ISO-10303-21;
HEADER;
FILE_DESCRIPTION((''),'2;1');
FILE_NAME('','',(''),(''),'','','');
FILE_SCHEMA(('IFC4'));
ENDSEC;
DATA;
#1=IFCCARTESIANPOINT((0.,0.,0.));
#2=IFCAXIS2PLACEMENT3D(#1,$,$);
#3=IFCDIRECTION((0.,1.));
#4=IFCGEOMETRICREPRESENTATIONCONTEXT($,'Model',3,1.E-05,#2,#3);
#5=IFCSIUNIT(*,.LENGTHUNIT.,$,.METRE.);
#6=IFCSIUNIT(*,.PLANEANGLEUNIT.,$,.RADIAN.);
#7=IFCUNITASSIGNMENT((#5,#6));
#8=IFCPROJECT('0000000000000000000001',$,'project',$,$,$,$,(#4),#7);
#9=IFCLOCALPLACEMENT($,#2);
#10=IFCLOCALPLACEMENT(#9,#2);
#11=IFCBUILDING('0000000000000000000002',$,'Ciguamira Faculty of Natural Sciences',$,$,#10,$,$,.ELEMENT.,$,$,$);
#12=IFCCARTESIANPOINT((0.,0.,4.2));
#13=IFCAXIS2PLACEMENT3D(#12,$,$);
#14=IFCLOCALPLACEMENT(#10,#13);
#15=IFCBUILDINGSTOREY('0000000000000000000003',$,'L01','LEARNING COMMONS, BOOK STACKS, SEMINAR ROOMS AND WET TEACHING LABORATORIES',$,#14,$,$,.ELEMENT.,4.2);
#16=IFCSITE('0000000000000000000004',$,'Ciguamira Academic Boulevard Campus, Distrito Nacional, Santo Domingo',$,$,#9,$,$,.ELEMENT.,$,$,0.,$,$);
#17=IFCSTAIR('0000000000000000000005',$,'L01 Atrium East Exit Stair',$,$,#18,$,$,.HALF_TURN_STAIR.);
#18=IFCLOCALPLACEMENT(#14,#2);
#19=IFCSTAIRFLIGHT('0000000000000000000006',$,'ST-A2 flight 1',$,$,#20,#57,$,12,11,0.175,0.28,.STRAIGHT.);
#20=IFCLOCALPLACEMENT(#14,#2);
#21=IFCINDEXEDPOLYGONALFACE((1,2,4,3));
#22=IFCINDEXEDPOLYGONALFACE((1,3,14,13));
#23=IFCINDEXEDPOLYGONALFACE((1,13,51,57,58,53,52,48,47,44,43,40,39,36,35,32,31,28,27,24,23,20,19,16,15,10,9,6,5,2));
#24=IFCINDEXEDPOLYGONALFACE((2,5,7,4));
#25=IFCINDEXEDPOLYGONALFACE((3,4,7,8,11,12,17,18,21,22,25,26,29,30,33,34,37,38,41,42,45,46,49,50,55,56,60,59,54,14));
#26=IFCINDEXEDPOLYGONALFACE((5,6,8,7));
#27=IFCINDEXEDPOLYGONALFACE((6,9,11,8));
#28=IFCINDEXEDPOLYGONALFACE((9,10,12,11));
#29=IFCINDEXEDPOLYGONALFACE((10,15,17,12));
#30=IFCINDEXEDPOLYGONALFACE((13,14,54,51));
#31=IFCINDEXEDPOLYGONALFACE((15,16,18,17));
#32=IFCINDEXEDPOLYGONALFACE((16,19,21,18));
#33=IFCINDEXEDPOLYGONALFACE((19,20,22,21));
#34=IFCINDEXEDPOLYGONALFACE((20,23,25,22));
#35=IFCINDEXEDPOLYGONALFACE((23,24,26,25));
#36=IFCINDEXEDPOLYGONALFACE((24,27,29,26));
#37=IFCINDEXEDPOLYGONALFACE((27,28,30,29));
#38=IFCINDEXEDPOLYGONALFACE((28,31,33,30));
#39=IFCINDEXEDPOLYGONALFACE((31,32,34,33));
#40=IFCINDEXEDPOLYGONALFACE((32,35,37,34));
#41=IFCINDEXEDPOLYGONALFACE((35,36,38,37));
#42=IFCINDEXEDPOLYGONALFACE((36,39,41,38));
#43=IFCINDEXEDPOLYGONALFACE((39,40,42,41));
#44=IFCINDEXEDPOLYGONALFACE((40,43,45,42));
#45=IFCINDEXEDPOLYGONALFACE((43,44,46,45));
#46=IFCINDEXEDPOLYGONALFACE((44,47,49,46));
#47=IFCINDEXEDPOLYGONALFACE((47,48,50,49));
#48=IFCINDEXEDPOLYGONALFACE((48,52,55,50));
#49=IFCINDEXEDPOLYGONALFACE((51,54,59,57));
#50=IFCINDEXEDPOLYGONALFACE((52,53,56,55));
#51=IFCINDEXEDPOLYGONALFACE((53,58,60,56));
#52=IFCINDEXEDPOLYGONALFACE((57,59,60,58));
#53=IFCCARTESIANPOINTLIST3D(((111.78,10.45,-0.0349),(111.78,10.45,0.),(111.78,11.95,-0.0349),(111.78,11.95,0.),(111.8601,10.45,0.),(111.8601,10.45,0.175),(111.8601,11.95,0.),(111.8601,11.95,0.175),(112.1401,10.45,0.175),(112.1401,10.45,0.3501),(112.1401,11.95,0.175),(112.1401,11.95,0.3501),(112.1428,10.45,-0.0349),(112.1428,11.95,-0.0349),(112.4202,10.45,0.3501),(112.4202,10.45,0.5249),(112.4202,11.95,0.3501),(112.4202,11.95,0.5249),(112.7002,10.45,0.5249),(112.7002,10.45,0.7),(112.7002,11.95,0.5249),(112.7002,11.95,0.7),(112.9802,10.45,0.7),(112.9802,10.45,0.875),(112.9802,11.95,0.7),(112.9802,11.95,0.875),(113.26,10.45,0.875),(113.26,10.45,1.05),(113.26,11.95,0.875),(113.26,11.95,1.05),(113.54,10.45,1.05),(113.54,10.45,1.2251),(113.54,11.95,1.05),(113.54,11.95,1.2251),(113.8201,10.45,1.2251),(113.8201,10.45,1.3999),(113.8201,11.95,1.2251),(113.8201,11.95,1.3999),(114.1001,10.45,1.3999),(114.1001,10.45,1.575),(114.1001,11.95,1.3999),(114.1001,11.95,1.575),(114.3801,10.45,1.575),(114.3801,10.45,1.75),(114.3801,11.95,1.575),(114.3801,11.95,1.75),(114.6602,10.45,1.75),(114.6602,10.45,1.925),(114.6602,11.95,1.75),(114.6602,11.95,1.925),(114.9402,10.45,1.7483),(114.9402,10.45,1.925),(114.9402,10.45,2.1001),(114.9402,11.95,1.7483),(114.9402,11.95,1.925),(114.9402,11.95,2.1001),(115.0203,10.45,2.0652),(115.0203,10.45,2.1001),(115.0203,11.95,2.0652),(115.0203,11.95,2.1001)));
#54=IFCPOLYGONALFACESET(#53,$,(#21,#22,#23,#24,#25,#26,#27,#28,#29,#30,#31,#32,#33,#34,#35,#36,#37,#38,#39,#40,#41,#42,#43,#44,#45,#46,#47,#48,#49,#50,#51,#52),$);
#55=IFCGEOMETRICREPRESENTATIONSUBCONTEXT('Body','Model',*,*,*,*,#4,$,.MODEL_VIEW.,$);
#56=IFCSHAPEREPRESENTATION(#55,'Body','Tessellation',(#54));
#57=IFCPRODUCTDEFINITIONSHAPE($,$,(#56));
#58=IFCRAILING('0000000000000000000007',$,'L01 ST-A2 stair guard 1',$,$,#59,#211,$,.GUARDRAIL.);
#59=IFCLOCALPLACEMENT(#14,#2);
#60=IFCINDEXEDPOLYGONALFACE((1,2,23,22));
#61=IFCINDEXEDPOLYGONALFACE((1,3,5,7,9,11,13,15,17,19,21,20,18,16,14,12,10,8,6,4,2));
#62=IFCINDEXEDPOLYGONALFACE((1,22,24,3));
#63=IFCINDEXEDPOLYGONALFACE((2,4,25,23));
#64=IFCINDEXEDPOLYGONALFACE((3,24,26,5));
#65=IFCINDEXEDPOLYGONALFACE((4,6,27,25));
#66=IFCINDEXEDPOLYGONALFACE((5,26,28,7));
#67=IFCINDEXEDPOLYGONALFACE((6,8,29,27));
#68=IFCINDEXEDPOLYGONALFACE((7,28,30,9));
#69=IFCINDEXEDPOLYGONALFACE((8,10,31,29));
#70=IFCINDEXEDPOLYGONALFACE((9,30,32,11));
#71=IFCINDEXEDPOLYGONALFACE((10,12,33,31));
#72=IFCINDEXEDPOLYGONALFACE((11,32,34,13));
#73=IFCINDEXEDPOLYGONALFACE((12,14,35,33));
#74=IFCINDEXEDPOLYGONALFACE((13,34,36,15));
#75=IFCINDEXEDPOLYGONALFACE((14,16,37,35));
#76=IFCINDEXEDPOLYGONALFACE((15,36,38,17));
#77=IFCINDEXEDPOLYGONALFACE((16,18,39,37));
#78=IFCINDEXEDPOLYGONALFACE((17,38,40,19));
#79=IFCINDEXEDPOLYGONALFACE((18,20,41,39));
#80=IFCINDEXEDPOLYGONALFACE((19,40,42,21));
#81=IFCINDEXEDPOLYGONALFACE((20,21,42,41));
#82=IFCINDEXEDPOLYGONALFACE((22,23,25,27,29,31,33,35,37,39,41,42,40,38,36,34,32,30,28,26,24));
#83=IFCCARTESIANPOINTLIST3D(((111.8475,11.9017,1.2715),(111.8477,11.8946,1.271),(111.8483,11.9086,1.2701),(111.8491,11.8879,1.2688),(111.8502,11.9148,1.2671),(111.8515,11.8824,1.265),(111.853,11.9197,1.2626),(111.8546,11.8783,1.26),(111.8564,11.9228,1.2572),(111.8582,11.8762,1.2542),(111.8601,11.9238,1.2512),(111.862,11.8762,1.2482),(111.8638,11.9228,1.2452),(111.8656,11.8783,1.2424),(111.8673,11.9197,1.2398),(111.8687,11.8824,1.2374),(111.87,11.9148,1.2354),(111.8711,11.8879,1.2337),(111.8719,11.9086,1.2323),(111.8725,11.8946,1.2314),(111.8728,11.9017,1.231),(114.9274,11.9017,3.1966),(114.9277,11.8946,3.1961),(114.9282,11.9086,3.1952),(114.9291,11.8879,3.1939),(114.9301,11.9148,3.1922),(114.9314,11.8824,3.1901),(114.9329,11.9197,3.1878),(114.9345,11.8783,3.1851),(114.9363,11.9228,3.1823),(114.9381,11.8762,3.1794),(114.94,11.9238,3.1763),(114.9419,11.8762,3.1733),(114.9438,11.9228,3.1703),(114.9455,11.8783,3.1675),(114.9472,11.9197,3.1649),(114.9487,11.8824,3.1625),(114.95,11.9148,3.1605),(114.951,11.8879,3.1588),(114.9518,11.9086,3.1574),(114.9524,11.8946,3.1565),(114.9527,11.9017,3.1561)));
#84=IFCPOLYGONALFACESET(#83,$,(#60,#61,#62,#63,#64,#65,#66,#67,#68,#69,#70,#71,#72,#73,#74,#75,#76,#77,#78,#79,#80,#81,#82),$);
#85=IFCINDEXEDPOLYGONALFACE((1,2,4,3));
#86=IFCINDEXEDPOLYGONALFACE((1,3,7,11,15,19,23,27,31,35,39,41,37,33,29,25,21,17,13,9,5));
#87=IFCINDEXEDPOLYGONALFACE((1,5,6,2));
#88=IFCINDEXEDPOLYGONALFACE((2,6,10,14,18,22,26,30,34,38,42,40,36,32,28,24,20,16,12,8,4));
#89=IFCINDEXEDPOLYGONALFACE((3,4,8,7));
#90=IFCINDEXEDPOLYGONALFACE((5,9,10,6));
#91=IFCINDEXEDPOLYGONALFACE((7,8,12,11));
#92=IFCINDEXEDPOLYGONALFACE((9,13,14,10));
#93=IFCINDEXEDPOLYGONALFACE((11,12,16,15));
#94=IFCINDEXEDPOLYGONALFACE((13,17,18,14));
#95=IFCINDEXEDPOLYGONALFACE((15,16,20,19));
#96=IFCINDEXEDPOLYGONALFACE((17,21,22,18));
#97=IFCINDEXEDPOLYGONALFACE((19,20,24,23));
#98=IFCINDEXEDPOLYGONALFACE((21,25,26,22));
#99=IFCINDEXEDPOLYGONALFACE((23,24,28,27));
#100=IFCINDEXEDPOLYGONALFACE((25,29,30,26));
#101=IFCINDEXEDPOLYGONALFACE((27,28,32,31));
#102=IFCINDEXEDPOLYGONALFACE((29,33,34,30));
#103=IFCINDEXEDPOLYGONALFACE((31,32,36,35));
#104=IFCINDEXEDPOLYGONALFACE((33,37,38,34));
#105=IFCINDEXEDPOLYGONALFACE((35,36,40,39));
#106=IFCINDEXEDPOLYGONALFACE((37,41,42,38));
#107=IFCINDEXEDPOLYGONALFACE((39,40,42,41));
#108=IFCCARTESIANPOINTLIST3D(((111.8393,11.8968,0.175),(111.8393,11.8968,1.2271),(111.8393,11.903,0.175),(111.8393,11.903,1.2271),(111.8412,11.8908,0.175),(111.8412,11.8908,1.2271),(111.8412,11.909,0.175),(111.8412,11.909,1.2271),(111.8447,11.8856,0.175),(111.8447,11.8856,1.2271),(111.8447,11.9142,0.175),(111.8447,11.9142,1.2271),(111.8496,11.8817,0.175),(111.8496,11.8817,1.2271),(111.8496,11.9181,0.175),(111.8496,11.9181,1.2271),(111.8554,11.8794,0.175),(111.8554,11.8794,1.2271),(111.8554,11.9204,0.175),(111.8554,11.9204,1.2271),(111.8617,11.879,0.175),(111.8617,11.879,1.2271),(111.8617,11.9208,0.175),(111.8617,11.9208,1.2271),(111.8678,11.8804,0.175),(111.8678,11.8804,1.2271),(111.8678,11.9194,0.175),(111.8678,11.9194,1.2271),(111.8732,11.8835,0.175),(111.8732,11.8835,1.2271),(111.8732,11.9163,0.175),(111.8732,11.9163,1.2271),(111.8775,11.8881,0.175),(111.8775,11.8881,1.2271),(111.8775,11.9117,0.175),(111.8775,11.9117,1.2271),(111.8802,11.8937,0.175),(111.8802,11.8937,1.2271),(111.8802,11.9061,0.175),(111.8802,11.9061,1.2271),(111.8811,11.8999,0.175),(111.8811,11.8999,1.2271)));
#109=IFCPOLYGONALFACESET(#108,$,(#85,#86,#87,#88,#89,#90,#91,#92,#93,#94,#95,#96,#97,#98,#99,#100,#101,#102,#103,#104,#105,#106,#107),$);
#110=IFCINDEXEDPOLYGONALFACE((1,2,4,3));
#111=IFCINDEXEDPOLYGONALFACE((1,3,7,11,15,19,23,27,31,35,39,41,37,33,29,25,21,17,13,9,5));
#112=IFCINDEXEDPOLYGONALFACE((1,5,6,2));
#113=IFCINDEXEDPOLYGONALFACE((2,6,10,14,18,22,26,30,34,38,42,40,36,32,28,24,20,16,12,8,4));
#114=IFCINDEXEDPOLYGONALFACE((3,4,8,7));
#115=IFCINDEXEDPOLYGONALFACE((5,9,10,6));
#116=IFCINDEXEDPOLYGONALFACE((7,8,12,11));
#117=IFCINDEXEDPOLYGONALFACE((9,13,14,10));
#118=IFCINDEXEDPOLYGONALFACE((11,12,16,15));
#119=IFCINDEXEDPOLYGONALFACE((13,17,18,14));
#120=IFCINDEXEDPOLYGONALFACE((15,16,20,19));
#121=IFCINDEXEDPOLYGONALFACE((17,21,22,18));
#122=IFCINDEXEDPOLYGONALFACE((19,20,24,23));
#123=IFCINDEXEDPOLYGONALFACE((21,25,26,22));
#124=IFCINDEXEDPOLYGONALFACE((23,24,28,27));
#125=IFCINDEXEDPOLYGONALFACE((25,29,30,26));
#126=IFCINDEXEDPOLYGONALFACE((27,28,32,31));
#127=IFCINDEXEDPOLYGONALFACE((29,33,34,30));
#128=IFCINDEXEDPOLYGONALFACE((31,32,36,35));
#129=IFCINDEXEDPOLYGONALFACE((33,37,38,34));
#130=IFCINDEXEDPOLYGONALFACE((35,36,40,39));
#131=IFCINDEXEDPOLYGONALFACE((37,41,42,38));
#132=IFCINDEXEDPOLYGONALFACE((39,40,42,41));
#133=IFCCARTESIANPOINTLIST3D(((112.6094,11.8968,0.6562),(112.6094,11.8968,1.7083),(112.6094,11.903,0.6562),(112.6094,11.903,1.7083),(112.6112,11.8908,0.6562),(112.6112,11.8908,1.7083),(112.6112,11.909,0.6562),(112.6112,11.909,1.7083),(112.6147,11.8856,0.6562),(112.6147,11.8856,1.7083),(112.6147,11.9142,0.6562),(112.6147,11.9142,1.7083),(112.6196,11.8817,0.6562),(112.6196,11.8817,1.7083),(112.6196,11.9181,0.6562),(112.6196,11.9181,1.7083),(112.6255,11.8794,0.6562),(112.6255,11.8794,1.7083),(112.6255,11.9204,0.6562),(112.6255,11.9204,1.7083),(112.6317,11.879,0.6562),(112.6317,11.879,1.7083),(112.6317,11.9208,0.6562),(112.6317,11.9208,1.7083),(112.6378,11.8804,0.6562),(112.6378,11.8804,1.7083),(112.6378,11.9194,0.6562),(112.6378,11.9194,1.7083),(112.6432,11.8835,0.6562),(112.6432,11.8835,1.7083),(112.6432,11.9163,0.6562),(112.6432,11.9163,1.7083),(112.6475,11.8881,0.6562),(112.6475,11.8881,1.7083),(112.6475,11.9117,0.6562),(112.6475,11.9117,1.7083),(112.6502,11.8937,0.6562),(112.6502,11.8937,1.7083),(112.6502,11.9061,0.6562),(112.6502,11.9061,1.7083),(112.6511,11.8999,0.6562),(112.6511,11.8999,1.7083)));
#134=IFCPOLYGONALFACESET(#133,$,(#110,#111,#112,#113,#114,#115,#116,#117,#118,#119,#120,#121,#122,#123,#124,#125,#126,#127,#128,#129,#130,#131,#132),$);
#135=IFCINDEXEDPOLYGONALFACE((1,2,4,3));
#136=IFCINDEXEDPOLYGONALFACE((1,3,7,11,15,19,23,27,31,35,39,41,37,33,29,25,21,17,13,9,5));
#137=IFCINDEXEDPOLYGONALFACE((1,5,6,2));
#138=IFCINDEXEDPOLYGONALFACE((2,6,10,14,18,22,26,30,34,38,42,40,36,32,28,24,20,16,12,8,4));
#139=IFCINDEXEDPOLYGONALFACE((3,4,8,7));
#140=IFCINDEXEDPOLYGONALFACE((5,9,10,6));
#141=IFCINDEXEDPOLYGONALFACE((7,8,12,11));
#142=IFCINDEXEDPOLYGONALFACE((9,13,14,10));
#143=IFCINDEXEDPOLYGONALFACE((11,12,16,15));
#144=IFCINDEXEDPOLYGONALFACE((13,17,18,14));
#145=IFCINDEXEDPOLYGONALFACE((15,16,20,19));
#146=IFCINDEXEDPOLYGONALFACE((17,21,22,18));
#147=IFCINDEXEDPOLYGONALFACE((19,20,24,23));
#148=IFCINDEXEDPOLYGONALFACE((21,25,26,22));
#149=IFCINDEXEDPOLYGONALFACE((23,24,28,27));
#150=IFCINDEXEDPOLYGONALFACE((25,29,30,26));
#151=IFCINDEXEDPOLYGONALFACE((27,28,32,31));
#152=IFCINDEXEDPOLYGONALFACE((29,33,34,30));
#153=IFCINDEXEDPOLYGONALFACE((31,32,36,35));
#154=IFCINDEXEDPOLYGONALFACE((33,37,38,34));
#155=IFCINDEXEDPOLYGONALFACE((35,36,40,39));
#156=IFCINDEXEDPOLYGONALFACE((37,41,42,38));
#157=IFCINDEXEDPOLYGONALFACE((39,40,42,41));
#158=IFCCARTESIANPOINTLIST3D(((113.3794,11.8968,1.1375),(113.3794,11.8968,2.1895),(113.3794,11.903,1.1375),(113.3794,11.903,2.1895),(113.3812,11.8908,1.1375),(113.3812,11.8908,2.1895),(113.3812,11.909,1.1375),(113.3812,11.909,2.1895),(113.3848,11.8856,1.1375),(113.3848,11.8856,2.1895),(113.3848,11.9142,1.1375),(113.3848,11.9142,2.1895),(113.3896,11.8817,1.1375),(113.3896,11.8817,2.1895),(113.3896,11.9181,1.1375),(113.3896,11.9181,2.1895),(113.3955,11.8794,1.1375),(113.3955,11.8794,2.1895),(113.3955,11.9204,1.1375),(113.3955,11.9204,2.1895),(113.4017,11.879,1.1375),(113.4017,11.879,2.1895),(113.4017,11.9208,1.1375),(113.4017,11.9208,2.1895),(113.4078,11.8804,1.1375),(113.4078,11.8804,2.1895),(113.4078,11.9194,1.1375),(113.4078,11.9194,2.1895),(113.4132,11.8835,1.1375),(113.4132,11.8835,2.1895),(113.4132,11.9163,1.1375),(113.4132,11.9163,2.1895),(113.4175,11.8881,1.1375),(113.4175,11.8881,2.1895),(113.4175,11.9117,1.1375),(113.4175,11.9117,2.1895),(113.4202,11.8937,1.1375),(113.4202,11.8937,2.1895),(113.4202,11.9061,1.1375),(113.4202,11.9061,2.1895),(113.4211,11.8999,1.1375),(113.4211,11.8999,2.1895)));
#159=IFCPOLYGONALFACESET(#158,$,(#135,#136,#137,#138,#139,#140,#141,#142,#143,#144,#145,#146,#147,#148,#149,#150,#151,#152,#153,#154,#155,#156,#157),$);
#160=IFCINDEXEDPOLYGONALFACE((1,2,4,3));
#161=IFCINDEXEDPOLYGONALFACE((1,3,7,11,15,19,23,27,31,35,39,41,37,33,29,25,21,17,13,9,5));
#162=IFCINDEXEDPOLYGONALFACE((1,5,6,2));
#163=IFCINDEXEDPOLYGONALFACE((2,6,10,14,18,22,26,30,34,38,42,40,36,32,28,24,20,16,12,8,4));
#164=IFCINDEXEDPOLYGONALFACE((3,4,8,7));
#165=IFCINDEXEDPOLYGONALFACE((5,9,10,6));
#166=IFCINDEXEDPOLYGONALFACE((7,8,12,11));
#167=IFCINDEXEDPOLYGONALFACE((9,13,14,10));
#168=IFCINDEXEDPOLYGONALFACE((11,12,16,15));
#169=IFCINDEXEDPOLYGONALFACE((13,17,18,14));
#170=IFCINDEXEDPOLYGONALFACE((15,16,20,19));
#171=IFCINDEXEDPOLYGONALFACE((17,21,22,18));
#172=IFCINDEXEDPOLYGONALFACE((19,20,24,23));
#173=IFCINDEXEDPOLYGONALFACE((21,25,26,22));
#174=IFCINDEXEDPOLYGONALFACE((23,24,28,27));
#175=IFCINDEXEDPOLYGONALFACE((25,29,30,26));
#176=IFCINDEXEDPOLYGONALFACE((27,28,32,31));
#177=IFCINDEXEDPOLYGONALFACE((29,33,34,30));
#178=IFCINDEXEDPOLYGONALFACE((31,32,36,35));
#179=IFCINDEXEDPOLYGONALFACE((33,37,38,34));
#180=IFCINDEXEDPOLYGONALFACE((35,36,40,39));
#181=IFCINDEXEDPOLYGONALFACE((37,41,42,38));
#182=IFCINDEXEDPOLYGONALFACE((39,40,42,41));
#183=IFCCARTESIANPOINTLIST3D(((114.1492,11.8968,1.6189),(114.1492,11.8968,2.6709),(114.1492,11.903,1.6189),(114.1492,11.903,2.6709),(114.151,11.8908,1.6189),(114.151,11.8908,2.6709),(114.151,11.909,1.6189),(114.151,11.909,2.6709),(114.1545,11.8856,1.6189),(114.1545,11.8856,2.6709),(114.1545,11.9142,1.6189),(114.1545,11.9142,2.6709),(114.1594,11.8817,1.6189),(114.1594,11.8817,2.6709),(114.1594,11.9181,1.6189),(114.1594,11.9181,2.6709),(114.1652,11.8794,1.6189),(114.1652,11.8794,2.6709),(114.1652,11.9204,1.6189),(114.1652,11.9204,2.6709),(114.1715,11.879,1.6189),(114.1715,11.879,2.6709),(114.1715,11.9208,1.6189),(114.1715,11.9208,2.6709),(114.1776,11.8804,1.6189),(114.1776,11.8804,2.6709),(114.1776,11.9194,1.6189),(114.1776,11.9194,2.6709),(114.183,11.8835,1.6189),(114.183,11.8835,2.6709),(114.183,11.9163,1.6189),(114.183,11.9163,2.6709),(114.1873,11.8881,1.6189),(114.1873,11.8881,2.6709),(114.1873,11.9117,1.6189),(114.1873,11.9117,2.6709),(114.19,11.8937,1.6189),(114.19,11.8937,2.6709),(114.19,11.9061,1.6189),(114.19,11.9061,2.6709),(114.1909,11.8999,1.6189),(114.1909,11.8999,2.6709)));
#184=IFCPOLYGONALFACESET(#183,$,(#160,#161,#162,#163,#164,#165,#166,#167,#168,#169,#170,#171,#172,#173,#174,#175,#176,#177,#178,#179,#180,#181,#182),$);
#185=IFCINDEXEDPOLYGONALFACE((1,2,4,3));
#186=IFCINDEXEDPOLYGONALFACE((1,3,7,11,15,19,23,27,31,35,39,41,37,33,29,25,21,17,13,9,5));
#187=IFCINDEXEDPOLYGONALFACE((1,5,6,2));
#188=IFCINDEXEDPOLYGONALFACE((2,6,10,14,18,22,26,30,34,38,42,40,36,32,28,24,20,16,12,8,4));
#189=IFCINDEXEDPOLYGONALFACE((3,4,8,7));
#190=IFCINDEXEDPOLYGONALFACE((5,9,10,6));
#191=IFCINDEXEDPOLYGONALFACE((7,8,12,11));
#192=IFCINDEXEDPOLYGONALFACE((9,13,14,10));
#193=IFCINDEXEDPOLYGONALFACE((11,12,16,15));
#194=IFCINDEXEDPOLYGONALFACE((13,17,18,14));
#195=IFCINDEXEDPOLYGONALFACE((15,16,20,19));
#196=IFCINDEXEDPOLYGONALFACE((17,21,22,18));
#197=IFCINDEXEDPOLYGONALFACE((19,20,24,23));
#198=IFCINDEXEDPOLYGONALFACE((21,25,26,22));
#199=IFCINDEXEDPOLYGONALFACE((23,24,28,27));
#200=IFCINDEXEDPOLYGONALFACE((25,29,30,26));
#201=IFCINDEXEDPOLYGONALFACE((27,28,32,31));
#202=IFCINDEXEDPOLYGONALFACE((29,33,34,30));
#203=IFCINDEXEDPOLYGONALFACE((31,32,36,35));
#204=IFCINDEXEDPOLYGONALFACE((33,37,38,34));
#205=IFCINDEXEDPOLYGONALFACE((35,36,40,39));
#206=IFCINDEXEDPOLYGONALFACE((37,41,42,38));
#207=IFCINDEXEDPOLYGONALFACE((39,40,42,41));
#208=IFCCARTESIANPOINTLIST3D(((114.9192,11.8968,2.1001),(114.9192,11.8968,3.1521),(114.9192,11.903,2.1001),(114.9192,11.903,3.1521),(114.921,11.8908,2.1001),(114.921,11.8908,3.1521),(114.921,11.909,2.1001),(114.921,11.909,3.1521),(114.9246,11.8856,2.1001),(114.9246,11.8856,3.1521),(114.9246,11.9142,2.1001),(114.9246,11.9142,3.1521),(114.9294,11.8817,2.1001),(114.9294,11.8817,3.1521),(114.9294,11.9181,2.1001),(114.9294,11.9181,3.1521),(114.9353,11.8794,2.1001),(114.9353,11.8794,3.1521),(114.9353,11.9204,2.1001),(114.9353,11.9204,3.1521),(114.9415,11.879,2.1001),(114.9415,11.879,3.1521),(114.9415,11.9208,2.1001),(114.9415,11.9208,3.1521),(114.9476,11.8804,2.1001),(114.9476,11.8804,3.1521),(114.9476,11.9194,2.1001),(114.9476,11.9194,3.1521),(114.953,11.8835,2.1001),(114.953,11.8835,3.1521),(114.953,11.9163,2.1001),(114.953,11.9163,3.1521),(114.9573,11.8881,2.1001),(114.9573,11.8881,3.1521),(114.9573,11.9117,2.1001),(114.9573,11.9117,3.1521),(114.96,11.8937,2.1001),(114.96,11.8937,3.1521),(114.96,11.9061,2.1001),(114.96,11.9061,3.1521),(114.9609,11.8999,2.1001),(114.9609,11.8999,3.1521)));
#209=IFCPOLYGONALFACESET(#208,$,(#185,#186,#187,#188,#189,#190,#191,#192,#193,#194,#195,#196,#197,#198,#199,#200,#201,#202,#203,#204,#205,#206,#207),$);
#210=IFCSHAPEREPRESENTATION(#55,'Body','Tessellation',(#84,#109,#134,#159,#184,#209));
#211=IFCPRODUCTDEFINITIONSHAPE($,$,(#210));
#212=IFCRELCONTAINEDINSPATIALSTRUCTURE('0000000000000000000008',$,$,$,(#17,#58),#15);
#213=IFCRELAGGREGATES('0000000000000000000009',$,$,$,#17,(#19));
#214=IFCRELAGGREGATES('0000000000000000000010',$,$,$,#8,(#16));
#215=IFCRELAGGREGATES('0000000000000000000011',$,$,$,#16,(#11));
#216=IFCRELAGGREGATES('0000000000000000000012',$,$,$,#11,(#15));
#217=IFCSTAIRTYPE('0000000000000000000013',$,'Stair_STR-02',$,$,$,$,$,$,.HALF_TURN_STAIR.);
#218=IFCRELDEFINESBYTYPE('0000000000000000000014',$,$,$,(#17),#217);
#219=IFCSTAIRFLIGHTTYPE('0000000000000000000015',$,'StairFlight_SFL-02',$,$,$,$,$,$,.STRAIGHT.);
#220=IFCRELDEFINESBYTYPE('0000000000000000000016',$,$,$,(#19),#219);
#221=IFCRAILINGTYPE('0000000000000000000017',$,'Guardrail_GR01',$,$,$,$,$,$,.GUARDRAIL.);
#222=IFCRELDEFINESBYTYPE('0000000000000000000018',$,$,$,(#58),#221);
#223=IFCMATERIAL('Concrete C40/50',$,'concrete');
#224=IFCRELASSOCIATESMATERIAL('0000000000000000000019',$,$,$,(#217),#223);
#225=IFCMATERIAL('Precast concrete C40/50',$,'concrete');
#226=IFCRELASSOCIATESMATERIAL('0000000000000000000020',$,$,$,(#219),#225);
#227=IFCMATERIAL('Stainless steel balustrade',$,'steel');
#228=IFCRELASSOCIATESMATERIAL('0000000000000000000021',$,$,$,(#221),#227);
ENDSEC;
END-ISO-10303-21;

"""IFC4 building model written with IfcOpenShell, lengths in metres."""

from ifc_helpers import new_model, si_unit, direction, frame, origin, origin_2d, place, context, subcontext, project, spatial, polyline, circle, outline, extrude, material, type_object, element, aggregate, save


model = new_model("IFC4")

# Units and contexts
model_context = context("Model", 3, precision=1e-05, world=origin(), true_north=direction((0.0, 1.0)))
body_context = subcontext(model_context, "Body", "Model", "MODEL_VIEW")
ifc_project = project(units=[si_unit("LENGTHUNIT", "METRE"), si_unit("PLANEANGLEUNIT", "RADIAN")], contexts=[model_context])

# Site, building, storey
site_placement = place(None, origin())
site = spatial("IfcSite", under=ifc_project, at=site_placement, Name="Ciguamira Academic Boulevard Campus, Distrito Nacional, Santo Domingo", CompositionType="ELEMENT", RefElevation=0.0)
building_placement = place(site_placement, origin())
building = spatial("IfcBuilding", under=site, at=building_placement, Name="Ciguamira Faculty of Natural Sciences", CompositionType="ELEMENT")
storey_placement = place(building_placement, frame((0.0, 0.0, 4.2)))
storey = spatial("IfcBuildingStorey", under=building, at=storey_placement, Name="L01", Description="LEARNING COMMONS, BOOK STACKS, SEMINAR ROOMS AND WET TEACHING LABORATORIES", CompositionType="ELEMENT", Elevation=4.2)

# Shared definitions
ifc_material_1 = material(Name="Concrete C40/50", Category="concrete")

# Stair, stair flight
stair_type = type_object("IfcStairType", Name="Stair_STR-02", PredefinedType="HALF_TURN_STAIR", material=ifc_material_1)
stair_placement = place(storey_placement, origin())
stair = element("IfcStair", 1, at=stair_placement, inside=storey, type_object=stair_type, Name="L01 Atrium East Exit Stair", PredefinedType="HALF_TURN_STAIR")
ifc_material_2 = material(Name="Precast concrete C40/50", Category="concrete")
stair_flight_type = type_object("IfcStairFlightType", Name="StairFlight_SFL-02", PredefinedType="STRAIGHT", material=ifc_material_2)
stair_flight_placement = place(storey_placement, frame((111.8601, 11.2, 0.0), z_axis=(0.0, 0.0, 1.0), x_axis=(1.0, 0.0, 0.0)))
stair_flight = element("IfcStairFlight", 2, at=stair_flight_placement, type_object=stair_flight_type, Name="ST-A2 flight 1", NumberOfRisers=12, NumberOfTreads=11, PredefinedType="STRAIGHT", RiserHeight=0.175, TreadLength=0.28, context=body_context, shape_type="SweptSolid", body=[
    extrude(outline(polyline([(-0.0801, -0.0349), (-0.0801, 0.0), (0.0, 0.0), (0.0, 0.175), (0.28, 0.175), (0.28, 0.3501), (0.5601, 0.3501), (0.5601, 0.5249), (0.8401, 0.5249), (0.8401, 0.7), (1.1201, 0.7), (1.1201, 0.875), (1.3999, 0.875), (1.3999, 1.05), (1.6799, 1.05), (1.6799, 1.2251), (1.96, 1.2251), (1.96, 1.3999), (2.24, 1.3999), (2.24, 1.575), (2.52, 1.575), (2.52, 1.75), (2.8, 1.75), (2.8, 1.925), (3.0801, 1.925), (3.0801, 2.1001), (3.1602, 2.1001), (3.1602, 2.0652), (3.0801, 1.7483), (0.2827, -0.0349), (-0.0801, -0.0349)])), frame((0.0, 0.75, 0.0), z_axis=(0.0, -1.0, 0.0), x_axis=(1.0, 0.0, 0.0)), (0.0, 0.0, 1.0), 1.5),
])
aggregate(stair, [stair_flight])

# Railing
ifc_material_3 = material(Name="Stainless steel balustrade", Category="steel")
railing_type = type_object("IfcRailingType", Name="Guardrail_GR01", PredefinedType="GUARDRAIL", material=ifc_material_3)
railing_1_placement = place(storey_placement, frame((111.8601, 11.8999, 0.175)))
element("IfcRailing", 3, at=railing_1_placement, inside=storey, type_object=railing_type, Name="L01 ST-A2 stair guard 1", PredefinedType="GUARDRAIL", context=body_context, shape_type="SweptSolid", body=[
    extrude(circle(Radius=0.0239, at=origin_2d()), frame((0.0, 0.0, 1.0762), z_axis=(0.847979, 0.0, 0.530029), x_axis=(0.0, 1.0, 0.0)), (0.0, 0.0, 1.0), 3.6321),
    extrude(circle(Radius=0.021, at=origin_2d()), origin(), (0.0, 0.0, 1.0), 1.052),
    extrude(circle(Radius=0.021, at=origin_2d()), frame((0.77, 0.0, 0.4812)), (0.0, 0.0, 1.0), 1.052),
    extrude(circle(Radius=0.021, at=origin_2d()), frame((1.54, 0.0, 0.9624)), (0.0, 0.0, 1.0), 1.052),
    extrude(circle(Radius=0.021, at=origin_2d()), frame((2.3098, 0.0, 1.4438)), (0.0, 0.0, 1.0), 1.052),
    extrude(circle(Radius=0.021, at=origin_2d()), frame((3.0798, 0.0, 1.925)), (0.0, 0.0, 1.0), 1.052),
])

save(model, "model.ifc")
